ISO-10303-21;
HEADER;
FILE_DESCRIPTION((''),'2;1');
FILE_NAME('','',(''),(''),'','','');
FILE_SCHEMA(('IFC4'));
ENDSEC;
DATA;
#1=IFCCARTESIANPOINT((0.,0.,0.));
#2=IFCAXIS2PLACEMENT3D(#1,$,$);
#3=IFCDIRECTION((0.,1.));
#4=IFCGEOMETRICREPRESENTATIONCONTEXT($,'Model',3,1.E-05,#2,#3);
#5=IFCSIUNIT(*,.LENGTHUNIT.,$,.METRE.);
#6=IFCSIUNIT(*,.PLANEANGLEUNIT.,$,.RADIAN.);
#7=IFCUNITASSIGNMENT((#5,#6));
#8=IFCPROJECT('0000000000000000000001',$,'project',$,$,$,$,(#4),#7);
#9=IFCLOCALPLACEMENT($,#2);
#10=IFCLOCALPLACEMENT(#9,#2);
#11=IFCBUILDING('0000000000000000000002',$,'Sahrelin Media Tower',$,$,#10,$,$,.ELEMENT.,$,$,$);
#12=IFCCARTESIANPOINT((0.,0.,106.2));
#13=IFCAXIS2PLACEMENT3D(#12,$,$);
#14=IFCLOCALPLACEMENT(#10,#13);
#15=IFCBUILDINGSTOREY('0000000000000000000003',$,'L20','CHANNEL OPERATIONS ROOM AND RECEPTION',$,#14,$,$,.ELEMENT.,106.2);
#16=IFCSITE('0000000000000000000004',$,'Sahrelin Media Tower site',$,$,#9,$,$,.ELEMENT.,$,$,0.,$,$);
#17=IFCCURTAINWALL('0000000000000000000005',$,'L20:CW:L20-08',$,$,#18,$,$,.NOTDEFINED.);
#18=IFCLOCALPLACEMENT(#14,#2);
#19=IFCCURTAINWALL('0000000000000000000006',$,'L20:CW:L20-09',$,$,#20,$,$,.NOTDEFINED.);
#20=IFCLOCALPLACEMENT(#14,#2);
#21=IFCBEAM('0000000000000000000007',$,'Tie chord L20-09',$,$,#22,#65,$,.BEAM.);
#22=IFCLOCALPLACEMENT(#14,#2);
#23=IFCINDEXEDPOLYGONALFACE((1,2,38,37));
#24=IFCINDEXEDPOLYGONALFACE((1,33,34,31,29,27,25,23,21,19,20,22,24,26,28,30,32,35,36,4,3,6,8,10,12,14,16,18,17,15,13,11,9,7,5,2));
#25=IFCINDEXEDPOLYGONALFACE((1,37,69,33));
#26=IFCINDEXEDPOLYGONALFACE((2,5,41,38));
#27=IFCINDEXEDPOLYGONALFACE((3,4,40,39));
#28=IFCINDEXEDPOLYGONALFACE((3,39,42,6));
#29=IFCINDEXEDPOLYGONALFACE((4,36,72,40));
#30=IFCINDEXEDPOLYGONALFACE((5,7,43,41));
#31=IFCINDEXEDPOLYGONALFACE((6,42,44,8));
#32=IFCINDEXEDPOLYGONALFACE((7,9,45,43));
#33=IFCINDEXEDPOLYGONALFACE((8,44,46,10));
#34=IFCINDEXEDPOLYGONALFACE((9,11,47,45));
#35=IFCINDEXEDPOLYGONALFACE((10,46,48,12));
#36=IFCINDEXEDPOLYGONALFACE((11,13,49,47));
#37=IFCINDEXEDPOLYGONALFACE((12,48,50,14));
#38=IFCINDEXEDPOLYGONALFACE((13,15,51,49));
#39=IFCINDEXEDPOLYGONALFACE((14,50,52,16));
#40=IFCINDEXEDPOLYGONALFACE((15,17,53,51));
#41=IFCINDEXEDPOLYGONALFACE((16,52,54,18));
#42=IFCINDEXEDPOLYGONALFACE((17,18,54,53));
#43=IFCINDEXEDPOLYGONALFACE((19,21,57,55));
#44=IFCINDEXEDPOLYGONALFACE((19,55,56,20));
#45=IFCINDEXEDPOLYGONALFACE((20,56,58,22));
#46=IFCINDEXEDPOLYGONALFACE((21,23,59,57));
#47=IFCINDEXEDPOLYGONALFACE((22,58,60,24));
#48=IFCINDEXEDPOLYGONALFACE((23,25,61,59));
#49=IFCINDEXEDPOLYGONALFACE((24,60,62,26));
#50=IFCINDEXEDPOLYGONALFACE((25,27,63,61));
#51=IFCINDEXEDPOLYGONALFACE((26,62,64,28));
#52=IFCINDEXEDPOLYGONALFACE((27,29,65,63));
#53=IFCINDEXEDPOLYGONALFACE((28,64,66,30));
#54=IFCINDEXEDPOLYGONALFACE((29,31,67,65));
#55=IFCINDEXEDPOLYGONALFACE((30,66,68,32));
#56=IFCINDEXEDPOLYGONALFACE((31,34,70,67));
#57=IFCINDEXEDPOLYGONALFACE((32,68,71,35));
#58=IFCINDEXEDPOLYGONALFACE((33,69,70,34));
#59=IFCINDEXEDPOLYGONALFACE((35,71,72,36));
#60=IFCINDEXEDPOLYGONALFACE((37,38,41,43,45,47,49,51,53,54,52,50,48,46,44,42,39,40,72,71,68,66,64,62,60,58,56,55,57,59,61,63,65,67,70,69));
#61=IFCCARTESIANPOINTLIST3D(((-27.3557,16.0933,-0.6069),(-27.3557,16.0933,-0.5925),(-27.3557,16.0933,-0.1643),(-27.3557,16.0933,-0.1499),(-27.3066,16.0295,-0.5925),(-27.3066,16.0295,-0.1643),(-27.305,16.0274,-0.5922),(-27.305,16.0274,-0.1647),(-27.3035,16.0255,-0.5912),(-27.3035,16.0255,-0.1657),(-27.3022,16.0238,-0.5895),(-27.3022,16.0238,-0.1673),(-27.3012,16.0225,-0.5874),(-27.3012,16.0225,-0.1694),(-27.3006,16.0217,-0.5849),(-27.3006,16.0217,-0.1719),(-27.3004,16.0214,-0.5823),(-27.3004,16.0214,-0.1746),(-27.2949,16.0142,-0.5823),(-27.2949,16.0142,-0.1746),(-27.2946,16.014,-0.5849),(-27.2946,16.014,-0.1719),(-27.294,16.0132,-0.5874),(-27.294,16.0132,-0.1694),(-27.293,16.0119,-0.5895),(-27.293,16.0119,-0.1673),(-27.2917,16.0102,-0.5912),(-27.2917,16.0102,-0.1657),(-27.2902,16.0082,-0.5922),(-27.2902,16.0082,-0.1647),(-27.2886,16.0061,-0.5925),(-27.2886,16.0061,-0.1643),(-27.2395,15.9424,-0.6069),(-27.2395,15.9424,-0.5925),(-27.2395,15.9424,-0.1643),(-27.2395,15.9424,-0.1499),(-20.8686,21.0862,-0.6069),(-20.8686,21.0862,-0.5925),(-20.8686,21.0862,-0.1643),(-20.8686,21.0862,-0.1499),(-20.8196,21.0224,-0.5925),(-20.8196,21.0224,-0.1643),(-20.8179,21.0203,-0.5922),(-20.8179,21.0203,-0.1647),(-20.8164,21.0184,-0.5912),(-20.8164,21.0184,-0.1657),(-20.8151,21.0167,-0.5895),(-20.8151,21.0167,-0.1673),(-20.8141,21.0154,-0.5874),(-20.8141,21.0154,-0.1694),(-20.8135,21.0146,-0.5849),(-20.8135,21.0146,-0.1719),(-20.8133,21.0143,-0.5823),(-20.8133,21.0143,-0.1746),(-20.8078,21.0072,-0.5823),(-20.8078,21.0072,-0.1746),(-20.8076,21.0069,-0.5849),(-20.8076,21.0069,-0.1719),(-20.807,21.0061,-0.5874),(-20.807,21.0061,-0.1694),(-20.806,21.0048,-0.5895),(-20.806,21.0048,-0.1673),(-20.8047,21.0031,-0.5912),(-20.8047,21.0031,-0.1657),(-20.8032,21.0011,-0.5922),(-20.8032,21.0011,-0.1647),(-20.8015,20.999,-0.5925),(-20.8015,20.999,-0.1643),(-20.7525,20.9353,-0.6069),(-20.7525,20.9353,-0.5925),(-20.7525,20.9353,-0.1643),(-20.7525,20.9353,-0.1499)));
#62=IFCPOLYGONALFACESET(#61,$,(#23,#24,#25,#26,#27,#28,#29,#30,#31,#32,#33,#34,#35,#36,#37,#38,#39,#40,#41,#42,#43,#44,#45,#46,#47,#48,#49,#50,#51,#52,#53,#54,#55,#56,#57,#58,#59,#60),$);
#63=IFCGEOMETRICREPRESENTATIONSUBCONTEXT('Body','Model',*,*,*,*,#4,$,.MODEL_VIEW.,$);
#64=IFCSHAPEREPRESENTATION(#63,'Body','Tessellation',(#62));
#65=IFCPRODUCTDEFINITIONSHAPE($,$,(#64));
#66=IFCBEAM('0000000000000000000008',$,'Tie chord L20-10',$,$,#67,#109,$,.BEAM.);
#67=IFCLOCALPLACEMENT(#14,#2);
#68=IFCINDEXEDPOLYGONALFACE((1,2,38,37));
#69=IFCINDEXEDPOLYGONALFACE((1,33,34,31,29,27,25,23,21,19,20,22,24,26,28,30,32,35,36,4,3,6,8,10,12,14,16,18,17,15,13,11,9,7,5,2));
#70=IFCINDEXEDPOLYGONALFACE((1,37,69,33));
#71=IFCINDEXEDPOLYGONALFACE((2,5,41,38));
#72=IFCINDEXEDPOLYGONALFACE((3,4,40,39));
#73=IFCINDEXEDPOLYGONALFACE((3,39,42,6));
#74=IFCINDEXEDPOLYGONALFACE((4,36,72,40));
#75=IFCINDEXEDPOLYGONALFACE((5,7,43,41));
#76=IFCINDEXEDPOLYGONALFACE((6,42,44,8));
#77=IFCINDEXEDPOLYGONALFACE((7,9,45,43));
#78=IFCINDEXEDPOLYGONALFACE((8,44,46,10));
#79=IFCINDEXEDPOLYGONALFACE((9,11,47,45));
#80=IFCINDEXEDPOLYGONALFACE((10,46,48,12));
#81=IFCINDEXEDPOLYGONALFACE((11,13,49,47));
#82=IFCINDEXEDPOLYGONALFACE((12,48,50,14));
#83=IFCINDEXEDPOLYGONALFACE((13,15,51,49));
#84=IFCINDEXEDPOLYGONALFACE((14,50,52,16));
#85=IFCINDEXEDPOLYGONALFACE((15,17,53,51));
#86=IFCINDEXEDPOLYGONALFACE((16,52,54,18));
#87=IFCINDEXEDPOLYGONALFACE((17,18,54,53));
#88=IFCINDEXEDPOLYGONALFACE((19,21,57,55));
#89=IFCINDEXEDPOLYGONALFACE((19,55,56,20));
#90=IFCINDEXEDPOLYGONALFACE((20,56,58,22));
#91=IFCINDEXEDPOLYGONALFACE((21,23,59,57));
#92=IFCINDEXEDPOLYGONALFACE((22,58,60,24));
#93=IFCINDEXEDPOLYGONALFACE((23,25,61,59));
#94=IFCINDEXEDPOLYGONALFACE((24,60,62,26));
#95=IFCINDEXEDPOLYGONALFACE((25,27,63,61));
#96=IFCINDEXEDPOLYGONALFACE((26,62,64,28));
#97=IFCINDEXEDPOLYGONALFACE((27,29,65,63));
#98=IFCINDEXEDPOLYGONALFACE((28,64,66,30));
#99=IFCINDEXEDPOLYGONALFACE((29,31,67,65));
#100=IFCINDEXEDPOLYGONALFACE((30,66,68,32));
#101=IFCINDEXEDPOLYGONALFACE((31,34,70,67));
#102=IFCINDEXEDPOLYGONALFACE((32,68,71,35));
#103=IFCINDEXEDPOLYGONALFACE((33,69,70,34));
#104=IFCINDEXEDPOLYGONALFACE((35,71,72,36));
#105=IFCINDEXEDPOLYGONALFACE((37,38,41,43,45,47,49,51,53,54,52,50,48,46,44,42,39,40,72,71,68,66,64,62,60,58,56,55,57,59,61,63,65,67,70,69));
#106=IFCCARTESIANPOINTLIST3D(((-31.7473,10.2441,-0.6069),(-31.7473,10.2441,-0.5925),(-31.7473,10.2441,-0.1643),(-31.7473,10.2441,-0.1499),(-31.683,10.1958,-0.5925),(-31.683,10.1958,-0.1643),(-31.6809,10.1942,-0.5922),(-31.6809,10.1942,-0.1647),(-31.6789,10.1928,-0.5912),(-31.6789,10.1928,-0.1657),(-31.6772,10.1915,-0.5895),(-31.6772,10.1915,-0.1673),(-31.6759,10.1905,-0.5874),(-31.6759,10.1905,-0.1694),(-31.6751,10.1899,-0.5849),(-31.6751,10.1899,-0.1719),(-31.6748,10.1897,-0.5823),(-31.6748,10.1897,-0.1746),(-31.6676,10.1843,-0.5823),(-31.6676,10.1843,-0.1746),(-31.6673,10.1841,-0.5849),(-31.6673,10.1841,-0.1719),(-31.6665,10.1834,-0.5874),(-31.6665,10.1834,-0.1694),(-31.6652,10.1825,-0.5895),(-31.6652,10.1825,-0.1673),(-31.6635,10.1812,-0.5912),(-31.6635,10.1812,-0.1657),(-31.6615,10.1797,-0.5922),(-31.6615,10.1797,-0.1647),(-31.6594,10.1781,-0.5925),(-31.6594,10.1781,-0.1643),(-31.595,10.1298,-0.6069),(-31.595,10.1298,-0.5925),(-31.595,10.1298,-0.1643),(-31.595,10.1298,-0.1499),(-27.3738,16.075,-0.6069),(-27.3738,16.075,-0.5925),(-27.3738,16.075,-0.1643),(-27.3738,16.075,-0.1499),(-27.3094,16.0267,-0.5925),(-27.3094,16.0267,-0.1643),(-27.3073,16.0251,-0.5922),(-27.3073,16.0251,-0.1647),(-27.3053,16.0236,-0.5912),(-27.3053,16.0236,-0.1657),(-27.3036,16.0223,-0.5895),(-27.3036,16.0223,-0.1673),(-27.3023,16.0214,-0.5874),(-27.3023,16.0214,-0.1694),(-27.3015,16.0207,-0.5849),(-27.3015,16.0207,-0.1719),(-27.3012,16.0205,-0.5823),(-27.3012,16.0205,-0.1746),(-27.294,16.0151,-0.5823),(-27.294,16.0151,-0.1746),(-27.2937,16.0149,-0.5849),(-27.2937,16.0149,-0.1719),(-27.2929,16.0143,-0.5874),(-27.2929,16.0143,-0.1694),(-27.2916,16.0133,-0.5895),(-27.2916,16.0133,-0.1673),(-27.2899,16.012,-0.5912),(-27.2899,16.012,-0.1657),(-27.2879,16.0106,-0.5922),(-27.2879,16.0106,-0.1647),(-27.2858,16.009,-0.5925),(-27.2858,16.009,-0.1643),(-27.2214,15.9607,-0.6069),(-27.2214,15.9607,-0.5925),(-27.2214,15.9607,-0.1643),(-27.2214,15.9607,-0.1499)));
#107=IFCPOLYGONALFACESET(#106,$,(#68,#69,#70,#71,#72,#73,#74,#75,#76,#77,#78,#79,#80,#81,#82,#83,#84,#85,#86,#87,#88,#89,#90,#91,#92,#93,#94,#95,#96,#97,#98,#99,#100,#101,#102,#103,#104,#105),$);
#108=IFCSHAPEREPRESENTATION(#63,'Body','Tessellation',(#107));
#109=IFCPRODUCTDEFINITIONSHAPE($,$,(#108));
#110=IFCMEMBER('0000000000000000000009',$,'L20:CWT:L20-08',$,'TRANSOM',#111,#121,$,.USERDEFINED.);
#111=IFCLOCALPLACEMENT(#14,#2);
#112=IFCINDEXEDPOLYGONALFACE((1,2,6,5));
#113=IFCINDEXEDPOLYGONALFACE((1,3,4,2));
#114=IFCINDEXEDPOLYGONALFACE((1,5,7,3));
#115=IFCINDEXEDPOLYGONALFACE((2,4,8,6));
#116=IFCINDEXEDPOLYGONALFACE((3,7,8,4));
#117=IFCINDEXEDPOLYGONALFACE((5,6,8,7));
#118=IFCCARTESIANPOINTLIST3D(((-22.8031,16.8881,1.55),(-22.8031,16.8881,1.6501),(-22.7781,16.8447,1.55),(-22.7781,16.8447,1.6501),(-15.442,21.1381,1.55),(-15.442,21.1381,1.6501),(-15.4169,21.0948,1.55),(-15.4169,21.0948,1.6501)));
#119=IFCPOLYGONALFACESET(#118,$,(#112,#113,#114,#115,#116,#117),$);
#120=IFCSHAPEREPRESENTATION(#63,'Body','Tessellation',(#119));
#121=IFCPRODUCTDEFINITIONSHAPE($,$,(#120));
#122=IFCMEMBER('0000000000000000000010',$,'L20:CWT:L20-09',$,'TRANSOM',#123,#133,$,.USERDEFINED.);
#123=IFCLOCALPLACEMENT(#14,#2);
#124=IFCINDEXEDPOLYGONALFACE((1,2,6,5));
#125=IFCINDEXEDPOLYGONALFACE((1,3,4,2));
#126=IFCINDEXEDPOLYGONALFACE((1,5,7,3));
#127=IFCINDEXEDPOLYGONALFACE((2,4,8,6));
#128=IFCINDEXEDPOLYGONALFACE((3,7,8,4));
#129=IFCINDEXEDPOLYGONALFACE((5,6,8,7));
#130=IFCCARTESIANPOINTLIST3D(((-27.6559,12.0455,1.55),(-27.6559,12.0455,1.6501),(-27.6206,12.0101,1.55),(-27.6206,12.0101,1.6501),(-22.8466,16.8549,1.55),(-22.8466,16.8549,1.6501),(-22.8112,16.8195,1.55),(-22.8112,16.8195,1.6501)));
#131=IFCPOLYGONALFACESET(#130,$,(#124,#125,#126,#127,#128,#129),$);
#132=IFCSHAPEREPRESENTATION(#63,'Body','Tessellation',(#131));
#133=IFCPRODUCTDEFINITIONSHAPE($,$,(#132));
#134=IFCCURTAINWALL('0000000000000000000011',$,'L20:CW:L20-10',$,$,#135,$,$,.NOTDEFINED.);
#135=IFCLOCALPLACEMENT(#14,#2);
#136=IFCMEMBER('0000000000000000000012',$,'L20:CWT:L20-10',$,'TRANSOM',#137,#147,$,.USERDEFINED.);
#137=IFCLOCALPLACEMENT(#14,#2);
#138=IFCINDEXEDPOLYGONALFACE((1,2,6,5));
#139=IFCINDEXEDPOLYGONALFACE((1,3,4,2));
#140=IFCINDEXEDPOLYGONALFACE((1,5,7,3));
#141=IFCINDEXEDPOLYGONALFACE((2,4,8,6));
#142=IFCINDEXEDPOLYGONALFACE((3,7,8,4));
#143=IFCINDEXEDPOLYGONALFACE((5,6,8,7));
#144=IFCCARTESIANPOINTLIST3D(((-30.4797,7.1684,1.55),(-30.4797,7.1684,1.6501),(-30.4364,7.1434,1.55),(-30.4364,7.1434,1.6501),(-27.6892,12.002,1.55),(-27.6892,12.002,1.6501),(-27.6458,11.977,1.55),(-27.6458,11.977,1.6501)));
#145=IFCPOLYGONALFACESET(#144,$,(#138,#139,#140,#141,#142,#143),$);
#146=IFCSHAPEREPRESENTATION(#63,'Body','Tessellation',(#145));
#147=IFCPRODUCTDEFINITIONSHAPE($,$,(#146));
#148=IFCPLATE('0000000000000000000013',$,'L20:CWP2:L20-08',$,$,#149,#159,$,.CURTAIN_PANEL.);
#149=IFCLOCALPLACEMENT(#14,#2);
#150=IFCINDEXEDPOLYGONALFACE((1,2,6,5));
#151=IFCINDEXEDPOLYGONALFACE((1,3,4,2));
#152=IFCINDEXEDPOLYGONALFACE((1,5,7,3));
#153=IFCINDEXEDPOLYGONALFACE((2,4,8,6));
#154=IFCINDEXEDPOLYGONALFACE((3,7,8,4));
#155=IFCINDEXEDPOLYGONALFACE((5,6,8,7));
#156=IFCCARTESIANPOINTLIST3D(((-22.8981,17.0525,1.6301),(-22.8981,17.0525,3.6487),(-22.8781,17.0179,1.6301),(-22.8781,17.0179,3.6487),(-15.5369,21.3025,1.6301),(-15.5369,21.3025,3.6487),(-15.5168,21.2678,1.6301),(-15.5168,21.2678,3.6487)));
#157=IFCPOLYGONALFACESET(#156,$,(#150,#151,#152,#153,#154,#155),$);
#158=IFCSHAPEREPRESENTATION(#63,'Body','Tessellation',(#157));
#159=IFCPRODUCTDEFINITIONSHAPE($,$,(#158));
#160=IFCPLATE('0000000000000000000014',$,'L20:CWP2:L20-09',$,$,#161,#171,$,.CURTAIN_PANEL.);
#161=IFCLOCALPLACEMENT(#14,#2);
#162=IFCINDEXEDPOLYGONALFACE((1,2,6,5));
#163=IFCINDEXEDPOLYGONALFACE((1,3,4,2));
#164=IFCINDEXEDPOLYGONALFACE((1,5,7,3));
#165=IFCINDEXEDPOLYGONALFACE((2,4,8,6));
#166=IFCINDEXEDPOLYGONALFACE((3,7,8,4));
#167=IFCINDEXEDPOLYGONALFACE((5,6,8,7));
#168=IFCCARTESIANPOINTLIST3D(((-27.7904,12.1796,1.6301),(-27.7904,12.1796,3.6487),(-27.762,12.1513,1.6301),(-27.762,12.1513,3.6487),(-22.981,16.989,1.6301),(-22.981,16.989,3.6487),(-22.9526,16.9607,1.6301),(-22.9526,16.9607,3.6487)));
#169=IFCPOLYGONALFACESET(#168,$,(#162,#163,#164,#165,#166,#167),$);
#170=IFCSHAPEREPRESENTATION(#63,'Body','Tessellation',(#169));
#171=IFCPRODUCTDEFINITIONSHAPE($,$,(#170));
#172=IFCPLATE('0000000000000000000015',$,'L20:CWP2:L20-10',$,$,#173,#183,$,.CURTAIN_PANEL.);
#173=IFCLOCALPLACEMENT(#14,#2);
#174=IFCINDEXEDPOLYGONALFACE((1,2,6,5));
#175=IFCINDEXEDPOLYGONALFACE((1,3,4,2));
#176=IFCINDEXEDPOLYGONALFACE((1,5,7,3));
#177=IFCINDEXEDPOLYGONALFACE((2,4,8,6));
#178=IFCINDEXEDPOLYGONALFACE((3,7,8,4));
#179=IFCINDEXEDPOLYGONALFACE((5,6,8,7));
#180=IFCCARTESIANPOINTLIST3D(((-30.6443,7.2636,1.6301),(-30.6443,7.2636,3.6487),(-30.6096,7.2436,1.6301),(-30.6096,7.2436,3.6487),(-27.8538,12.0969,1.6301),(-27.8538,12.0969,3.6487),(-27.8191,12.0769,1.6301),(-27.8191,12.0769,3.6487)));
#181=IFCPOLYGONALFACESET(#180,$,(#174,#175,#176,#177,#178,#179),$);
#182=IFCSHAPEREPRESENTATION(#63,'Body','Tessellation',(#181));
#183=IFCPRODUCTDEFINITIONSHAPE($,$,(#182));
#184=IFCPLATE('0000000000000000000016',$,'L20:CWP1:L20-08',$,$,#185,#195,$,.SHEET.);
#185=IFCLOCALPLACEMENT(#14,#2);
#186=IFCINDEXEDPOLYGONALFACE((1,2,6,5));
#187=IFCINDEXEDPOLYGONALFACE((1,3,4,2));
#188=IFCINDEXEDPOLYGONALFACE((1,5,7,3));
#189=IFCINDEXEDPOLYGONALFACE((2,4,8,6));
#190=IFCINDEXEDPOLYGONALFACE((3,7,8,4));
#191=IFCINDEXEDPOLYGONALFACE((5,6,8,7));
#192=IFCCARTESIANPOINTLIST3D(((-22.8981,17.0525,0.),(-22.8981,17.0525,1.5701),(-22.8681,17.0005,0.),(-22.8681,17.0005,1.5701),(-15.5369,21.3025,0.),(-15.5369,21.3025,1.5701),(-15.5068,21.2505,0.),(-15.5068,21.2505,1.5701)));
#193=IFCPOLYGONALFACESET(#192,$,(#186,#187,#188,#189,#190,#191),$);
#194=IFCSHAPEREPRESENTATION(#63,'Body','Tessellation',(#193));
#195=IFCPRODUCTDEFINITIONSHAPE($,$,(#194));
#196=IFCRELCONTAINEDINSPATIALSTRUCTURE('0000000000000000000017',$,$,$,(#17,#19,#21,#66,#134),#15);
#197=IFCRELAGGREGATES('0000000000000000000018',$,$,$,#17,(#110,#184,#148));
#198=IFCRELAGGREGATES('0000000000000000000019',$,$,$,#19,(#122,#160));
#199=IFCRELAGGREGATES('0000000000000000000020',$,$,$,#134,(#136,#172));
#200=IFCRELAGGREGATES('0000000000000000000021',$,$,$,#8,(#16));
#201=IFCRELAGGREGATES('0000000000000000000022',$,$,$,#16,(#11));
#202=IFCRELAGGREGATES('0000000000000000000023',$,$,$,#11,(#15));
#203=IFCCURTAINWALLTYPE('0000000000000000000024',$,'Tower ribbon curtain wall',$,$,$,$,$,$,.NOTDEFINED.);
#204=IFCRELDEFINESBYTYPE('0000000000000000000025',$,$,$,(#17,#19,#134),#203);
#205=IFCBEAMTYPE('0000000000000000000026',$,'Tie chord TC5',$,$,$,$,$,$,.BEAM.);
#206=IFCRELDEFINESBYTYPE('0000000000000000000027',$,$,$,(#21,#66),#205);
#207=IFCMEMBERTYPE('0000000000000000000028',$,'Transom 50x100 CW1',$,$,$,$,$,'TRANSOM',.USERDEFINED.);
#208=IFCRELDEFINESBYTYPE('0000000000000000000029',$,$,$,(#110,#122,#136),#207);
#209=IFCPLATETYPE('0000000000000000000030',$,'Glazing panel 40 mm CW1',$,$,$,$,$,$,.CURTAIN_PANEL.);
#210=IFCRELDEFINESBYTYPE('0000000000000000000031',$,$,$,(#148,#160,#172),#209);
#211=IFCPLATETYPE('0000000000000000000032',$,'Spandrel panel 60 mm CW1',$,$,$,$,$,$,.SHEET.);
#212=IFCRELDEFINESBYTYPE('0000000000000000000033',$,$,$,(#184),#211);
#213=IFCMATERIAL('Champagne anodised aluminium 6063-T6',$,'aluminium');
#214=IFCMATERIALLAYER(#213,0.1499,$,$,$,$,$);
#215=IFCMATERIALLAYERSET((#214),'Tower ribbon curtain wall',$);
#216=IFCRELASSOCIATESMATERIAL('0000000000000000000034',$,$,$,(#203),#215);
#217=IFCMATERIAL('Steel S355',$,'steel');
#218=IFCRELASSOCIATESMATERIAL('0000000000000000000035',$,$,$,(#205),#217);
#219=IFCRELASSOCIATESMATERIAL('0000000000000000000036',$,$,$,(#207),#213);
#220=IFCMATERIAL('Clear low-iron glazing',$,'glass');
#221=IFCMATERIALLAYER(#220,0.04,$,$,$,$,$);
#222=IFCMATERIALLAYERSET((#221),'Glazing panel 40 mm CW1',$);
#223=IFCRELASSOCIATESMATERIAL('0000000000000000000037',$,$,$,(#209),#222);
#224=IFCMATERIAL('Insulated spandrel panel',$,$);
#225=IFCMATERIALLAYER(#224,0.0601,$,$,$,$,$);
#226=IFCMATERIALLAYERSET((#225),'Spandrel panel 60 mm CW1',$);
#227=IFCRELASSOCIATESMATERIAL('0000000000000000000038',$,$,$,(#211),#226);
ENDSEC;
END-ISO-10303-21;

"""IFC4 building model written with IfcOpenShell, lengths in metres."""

from ifc_helpers import new_model, si_unit, direction, frame, origin, origin_2d, place, context, subcontext, project, spatial, polyline, rectangle, i_section, outline, extrude, material, layer, layer_set, material_profile, profile_set, type_object, element, aggregate, save


model = new_model("IFC4")

# Units and contexts
model_context = context("Model", 3, precision=1e-05, world=origin(), true_north=direction((0.0, 1.0)))
body_context = subcontext(model_context, "Body", "Model", "MODEL_VIEW")
ifc_project = project(units=[si_unit("LENGTHUNIT", "METRE"), si_unit("PLANEANGLEUNIT", "RADIAN")], contexts=[model_context])

# Site, building, storey
site_placement = place(None, origin())
site = spatial("IfcSite", under=ifc_project, at=site_placement, Name="Sahrelin Media Tower site", CompositionType="ELEMENT", RefElevation=0.0)
building_placement = place(site_placement, origin())
building = spatial("IfcBuilding", under=site, at=building_placement, Name="Sahrelin Media Tower", CompositionType="ELEMENT")
storey_placement = place(building_placement, frame((0.0, 0.0, 106.2)))
storey = spatial("IfcBuildingStorey", under=building, at=storey_placement, Name="L20", Description="CHANNEL OPERATIONS ROOM AND RECEPTION", CompositionType="ELEMENT", Elevation=106.2)

# Shared definitions
ifc_material_1 = material(Name="Steel S355", Category="steel")

# Curtain walls
ifc_material_2 = material(Name="Champagne anodised aluminium 6063-T6", Category="aluminium")
ifc_layer_1 = layer(ifc_material_2, 0.1499)
ifc_layer_set_1 = layer_set([ifc_layer_1], Name="Tower ribbon curtain wall")
curtain_wall_type = type_object("IfcCurtainWallType", Name="Tower ribbon curtain wall", PredefinedType="NOTDEFINED", material=ifc_layer_set_1)
curtain_wall_1_placement = place(storey_placement, frame((-19.2075, 19.1604, 0.0), z_axis=(0.0, 0.0, 1.0), x_axis=(1.0, 0.0, 0.0)))
curtain_wall_1 = element("IfcCurtainWall", 1, at=curtain_wall_1_placement, inside=storey, type_object=curtain_wall_type, Name="L20:CW:L20-08", PredefinedType="NOTDEFINED")
curtain_wall_2_placement = place(storey_placement, frame((-25.3713, 14.5703, 0.0), z_axis=(0.0, 0.0, 1.0), x_axis=(1.0, 0.0, 0.0)))
curtain_wall_2 = element("IfcCurtainWall", 2, at=curtain_wall_2_placement, inside=storey, type_object=curtain_wall_type, Name="L20:CW:L20-09", PredefinedType="NOTDEFINED")

# Beams
ifc_material_profile_1 = material_profile(ifc_material_1, i_section(OverallWidth=0.1904, OverallDepth=0.457, WebThickness=0.009, FlangeThickness=0.0144, FilletRadius=0.0103, at=origin_2d()), Name="UB 457x191x74")
ifc_profile_set_1 = profile_set([ifc_material_profile_1], Name="Steel S355")
beam_type_1 = type_object("IfcBeamType", Name="Tie chord TC5", PredefinedType="BEAM", material=ifc_profile_set_1)
beam_1_placement = place(storey_placement, frame((-20.8105, 21.0107, -0.3784), z_axis=(-0.792454, -0.609931, 0.0), x_axis=(0.609931, -0.792454, 0.0)))
element("IfcBeam", 3, at=beam_1_placement, inside=storey, type_object=beam_type_1, Name="Tie chord L20-09", PredefinedType="BEAM", context=body_context, shape_type="SweptSolid", body=[
    extrude(i_section(OverallWidth=0.1904, OverallDepth=0.457, WebThickness=0.009, FlangeThickness=0.0144, FilletRadius=0.0103, at=origin_2d()), origin(), (0.0, 0.0, 1.0), 8.186),
])
beam_2_placement = place(storey_placement, frame((-27.2976, 16.0178, -0.3784), z_axis=(-0.600038, -0.799972, 0.0), x_axis=(0.799972, -0.600038, 0.0)))
element("IfcBeam", 4, at=beam_2_placement, inside=storey, type_object=beam_type_1, Name="Tie chord L20-10", PredefinedType="BEAM", context=body_context, shape_type="SweptSolid", body=[
    extrude(i_section(OverallWidth=0.1904, OverallDepth=0.457, WebThickness=0.009, FlangeThickness=0.0144, FilletRadius=0.0103, at=origin_2d()), origin(), (0.0, 0.0, 1.0), 7.2888),
])

# Members
ifc_material_profile_2 = material_profile(ifc_material_2, rectangle(XDim=0.05, YDim=0.1001, at=origin_2d()), Name="Transom 50x100")
ifc_profile_set_2 = profile_set([ifc_material_profile_2], Name="Champagne anodised aluminium 6063-T6")
member_type_1 = type_object("IfcMemberType", Name="Transom 50x100 CW1", ElementType="TRANSOM", PredefinedType="USERDEFINED", material=ifc_profile_set_2)
member_1_placement = place(storey_placement, frame((-15.4294, 21.1165, 1.6001), z_axis=(-0.866022, -0.500007, 0.0), x_axis=(0.500007, -0.866022, 0.0)))
member_1 = element("IfcMember", 5, at=member_1_placement, type_object=member_type_1, Name="L20:CWT:L20-08", ObjectType="TRANSOM", PredefinedType="USERDEFINED", context=body_context, shape_type="SweptSolid", body=[
    extrude(rectangle(XDim=0.05, YDim=0.1001, at=origin_2d()), origin(), (0.0, 0.0, 1.0), 8.5),
])
member_2_placement = place(storey_placement, frame((-22.8289, 16.8372, 1.6001), z_axis=(-0.707107, -0.707107, 0.0), x_axis=(0.707107, -0.707107, 0.0)))
member_2 = element("IfcMember", 6, at=member_2_placement, type_object=member_type_1, Name="L20:CWT:L20-09", ObjectType="TRANSOM", PredefinedType="USERDEFINED", context=body_context, shape_type="SweptSolid", body=[
    extrude(rectangle(XDim=0.05, YDim=0.1001, at=origin_2d()), origin(), (0.0, 0.0, 1.0), 6.8015),
])

# Curtain wall, member
curtain_wall_3_placement = place(storey_placement, frame((-29.2317, 9.6704, 0.0), z_axis=(0.0, 0.0, 1.0), x_axis=(1.0, 0.0, 0.0)))
curtain_wall_3 = element("IfcCurtainWall", 7, at=curtain_wall_3_placement, inside=storey, type_object=curtain_wall_type, Name="L20:CW:L20-10", PredefinedType="NOTDEFINED")
member_3_placement = place(storey_placement, frame((-27.6675, 11.9895, 1.6001), z_axis=(-0.499988, -0.866033, 0.0), x_axis=(0.866033, -0.499988, 0.0)))
member_3 = element("IfcMember", 8, at=member_3_placement, type_object=member_type_1, Name="L20:CWT:L20-10", ObjectType="TRANSOM", PredefinedType="USERDEFINED", context=body_context, shape_type="SweptSolid", body=[
    extrude(rectangle(XDim=0.05, YDim=0.1001, at=origin_2d()), origin(), (0.0, 0.0, 1.0), 5.5813),
])

# Plates
ifc_material_3 = material(Name="Clear low-iron glazing", Category="glass")
ifc_layer_2 = layer(ifc_material_3, 0.04)
ifc_layer_set_2 = layer_set([ifc_layer_2], Name="Glazing panel 40 mm CW1")
plate_type_1 = type_object("IfcPlateType", Name="Glazing panel 40 mm CW1", PredefinedType="CURTAIN_PANEL", material=ifc_layer_set_2)
plate_1_placement = place(storey_placement, frame((-15.5369, 21.3025, 1.6301), z_axis=(-0.499994, 0.866029, 0.0), x_axis=(-0.866029, -0.499994, 0.0)))
plate_1 = element("IfcPlate", 9, at=plate_1_placement, type_object=plate_type_1, Name="L20:CWP2:L20-08", PredefinedType="CURTAIN_PANEL", context=body_context, shape_type="SweptSolid", body=[
    extrude(outline(polyline([(0.0, 0.0), (8.5, 0.0), (8.5, 2.0186), (0.0, 2.0186), (0.0, 0.0)])), origin(), (0.0, 0.0, -1.0), 0.04),
])
plate_2_placement = place(storey_placement, frame((-22.981, 16.989, 1.6301), z_axis=(-0.707107, 0.707107, 0.0), x_axis=(-0.707107, -0.707107, 0.0)))
plate_2 = element("IfcPlate", 10, at=plate_2_placement, type_object=plate_type_1, Name="L20:CWP2:L20-09", PredefinedType="CURTAIN_PANEL", context=body_context, shape_type="SweptSolid", body=[
    extrude(outline(polyline([(0.0, 0.0), (6.8015, 0.0), (6.8015, 2.0186), (0.0, 2.0186), (0.0, 0.0)])), origin(), (0.0, 0.0, -1.0), 0.04),
])
plate_3_placement = place(storey_placement, frame((-27.8538, 12.0969, 1.6301), z_axis=(-0.866022, 0.500006, 0.0), x_axis=(-0.500006, -0.866022, 0.0)))
plate_3 = element("IfcPlate", 11, at=plate_3_placement, type_object=plate_type_1, Name="L20:CWP2:L20-10", PredefinedType="CURTAIN_PANEL", context=body_context, shape_type="SweptSolid", body=[
    extrude(outline(polyline([(0.0, 0.0), (5.5811, 0.0), (5.5811, 2.0186), (0.0, 2.0186), (0.0, 0.0)])), origin(), (0.0, 0.0, -1.0), 0.04),
])
ifc_material_4 = material(Name="Insulated spandrel panel")
ifc_layer_3 = layer(ifc_material_4, 0.0601)
ifc_layer_set_3 = layer_set([ifc_layer_3], Name="Spandrel panel 60 mm CW1")
plate_type_2 = type_object("IfcPlateType", Name="Spandrel panel 60 mm CW1", PredefinedType="SHEET", material=ifc_layer_set_3)
plate_4_placement = place(storey_placement, frame((-15.5369, 21.3025, 0.0), z_axis=(-0.499994, 0.866029, 0.0), x_axis=(-0.866029, -0.499994, 0.0)))
plate_4 = element("IfcPlate", 12, at=plate_4_placement, type_object=plate_type_2, Name="L20:CWP1:L20-08", PredefinedType="SHEET", context=body_context, shape_type="SweptSolid", body=[
    extrude(outline(polyline([(0.0, 0.0), (8.5, 0.0), (8.5, 1.5701), (0.0, 1.5701), (0.0, 0.0)])), origin(), (0.0, 0.0, -1.0), 0.0601),
])
aggregate(curtain_wall_1, [member_1, plate_4, plate_1])
aggregate(curtain_wall_2, [member_2, plate_2])
aggregate(curtain_wall_3, [member_3, plate_3])

save(model, "model.ifc")
